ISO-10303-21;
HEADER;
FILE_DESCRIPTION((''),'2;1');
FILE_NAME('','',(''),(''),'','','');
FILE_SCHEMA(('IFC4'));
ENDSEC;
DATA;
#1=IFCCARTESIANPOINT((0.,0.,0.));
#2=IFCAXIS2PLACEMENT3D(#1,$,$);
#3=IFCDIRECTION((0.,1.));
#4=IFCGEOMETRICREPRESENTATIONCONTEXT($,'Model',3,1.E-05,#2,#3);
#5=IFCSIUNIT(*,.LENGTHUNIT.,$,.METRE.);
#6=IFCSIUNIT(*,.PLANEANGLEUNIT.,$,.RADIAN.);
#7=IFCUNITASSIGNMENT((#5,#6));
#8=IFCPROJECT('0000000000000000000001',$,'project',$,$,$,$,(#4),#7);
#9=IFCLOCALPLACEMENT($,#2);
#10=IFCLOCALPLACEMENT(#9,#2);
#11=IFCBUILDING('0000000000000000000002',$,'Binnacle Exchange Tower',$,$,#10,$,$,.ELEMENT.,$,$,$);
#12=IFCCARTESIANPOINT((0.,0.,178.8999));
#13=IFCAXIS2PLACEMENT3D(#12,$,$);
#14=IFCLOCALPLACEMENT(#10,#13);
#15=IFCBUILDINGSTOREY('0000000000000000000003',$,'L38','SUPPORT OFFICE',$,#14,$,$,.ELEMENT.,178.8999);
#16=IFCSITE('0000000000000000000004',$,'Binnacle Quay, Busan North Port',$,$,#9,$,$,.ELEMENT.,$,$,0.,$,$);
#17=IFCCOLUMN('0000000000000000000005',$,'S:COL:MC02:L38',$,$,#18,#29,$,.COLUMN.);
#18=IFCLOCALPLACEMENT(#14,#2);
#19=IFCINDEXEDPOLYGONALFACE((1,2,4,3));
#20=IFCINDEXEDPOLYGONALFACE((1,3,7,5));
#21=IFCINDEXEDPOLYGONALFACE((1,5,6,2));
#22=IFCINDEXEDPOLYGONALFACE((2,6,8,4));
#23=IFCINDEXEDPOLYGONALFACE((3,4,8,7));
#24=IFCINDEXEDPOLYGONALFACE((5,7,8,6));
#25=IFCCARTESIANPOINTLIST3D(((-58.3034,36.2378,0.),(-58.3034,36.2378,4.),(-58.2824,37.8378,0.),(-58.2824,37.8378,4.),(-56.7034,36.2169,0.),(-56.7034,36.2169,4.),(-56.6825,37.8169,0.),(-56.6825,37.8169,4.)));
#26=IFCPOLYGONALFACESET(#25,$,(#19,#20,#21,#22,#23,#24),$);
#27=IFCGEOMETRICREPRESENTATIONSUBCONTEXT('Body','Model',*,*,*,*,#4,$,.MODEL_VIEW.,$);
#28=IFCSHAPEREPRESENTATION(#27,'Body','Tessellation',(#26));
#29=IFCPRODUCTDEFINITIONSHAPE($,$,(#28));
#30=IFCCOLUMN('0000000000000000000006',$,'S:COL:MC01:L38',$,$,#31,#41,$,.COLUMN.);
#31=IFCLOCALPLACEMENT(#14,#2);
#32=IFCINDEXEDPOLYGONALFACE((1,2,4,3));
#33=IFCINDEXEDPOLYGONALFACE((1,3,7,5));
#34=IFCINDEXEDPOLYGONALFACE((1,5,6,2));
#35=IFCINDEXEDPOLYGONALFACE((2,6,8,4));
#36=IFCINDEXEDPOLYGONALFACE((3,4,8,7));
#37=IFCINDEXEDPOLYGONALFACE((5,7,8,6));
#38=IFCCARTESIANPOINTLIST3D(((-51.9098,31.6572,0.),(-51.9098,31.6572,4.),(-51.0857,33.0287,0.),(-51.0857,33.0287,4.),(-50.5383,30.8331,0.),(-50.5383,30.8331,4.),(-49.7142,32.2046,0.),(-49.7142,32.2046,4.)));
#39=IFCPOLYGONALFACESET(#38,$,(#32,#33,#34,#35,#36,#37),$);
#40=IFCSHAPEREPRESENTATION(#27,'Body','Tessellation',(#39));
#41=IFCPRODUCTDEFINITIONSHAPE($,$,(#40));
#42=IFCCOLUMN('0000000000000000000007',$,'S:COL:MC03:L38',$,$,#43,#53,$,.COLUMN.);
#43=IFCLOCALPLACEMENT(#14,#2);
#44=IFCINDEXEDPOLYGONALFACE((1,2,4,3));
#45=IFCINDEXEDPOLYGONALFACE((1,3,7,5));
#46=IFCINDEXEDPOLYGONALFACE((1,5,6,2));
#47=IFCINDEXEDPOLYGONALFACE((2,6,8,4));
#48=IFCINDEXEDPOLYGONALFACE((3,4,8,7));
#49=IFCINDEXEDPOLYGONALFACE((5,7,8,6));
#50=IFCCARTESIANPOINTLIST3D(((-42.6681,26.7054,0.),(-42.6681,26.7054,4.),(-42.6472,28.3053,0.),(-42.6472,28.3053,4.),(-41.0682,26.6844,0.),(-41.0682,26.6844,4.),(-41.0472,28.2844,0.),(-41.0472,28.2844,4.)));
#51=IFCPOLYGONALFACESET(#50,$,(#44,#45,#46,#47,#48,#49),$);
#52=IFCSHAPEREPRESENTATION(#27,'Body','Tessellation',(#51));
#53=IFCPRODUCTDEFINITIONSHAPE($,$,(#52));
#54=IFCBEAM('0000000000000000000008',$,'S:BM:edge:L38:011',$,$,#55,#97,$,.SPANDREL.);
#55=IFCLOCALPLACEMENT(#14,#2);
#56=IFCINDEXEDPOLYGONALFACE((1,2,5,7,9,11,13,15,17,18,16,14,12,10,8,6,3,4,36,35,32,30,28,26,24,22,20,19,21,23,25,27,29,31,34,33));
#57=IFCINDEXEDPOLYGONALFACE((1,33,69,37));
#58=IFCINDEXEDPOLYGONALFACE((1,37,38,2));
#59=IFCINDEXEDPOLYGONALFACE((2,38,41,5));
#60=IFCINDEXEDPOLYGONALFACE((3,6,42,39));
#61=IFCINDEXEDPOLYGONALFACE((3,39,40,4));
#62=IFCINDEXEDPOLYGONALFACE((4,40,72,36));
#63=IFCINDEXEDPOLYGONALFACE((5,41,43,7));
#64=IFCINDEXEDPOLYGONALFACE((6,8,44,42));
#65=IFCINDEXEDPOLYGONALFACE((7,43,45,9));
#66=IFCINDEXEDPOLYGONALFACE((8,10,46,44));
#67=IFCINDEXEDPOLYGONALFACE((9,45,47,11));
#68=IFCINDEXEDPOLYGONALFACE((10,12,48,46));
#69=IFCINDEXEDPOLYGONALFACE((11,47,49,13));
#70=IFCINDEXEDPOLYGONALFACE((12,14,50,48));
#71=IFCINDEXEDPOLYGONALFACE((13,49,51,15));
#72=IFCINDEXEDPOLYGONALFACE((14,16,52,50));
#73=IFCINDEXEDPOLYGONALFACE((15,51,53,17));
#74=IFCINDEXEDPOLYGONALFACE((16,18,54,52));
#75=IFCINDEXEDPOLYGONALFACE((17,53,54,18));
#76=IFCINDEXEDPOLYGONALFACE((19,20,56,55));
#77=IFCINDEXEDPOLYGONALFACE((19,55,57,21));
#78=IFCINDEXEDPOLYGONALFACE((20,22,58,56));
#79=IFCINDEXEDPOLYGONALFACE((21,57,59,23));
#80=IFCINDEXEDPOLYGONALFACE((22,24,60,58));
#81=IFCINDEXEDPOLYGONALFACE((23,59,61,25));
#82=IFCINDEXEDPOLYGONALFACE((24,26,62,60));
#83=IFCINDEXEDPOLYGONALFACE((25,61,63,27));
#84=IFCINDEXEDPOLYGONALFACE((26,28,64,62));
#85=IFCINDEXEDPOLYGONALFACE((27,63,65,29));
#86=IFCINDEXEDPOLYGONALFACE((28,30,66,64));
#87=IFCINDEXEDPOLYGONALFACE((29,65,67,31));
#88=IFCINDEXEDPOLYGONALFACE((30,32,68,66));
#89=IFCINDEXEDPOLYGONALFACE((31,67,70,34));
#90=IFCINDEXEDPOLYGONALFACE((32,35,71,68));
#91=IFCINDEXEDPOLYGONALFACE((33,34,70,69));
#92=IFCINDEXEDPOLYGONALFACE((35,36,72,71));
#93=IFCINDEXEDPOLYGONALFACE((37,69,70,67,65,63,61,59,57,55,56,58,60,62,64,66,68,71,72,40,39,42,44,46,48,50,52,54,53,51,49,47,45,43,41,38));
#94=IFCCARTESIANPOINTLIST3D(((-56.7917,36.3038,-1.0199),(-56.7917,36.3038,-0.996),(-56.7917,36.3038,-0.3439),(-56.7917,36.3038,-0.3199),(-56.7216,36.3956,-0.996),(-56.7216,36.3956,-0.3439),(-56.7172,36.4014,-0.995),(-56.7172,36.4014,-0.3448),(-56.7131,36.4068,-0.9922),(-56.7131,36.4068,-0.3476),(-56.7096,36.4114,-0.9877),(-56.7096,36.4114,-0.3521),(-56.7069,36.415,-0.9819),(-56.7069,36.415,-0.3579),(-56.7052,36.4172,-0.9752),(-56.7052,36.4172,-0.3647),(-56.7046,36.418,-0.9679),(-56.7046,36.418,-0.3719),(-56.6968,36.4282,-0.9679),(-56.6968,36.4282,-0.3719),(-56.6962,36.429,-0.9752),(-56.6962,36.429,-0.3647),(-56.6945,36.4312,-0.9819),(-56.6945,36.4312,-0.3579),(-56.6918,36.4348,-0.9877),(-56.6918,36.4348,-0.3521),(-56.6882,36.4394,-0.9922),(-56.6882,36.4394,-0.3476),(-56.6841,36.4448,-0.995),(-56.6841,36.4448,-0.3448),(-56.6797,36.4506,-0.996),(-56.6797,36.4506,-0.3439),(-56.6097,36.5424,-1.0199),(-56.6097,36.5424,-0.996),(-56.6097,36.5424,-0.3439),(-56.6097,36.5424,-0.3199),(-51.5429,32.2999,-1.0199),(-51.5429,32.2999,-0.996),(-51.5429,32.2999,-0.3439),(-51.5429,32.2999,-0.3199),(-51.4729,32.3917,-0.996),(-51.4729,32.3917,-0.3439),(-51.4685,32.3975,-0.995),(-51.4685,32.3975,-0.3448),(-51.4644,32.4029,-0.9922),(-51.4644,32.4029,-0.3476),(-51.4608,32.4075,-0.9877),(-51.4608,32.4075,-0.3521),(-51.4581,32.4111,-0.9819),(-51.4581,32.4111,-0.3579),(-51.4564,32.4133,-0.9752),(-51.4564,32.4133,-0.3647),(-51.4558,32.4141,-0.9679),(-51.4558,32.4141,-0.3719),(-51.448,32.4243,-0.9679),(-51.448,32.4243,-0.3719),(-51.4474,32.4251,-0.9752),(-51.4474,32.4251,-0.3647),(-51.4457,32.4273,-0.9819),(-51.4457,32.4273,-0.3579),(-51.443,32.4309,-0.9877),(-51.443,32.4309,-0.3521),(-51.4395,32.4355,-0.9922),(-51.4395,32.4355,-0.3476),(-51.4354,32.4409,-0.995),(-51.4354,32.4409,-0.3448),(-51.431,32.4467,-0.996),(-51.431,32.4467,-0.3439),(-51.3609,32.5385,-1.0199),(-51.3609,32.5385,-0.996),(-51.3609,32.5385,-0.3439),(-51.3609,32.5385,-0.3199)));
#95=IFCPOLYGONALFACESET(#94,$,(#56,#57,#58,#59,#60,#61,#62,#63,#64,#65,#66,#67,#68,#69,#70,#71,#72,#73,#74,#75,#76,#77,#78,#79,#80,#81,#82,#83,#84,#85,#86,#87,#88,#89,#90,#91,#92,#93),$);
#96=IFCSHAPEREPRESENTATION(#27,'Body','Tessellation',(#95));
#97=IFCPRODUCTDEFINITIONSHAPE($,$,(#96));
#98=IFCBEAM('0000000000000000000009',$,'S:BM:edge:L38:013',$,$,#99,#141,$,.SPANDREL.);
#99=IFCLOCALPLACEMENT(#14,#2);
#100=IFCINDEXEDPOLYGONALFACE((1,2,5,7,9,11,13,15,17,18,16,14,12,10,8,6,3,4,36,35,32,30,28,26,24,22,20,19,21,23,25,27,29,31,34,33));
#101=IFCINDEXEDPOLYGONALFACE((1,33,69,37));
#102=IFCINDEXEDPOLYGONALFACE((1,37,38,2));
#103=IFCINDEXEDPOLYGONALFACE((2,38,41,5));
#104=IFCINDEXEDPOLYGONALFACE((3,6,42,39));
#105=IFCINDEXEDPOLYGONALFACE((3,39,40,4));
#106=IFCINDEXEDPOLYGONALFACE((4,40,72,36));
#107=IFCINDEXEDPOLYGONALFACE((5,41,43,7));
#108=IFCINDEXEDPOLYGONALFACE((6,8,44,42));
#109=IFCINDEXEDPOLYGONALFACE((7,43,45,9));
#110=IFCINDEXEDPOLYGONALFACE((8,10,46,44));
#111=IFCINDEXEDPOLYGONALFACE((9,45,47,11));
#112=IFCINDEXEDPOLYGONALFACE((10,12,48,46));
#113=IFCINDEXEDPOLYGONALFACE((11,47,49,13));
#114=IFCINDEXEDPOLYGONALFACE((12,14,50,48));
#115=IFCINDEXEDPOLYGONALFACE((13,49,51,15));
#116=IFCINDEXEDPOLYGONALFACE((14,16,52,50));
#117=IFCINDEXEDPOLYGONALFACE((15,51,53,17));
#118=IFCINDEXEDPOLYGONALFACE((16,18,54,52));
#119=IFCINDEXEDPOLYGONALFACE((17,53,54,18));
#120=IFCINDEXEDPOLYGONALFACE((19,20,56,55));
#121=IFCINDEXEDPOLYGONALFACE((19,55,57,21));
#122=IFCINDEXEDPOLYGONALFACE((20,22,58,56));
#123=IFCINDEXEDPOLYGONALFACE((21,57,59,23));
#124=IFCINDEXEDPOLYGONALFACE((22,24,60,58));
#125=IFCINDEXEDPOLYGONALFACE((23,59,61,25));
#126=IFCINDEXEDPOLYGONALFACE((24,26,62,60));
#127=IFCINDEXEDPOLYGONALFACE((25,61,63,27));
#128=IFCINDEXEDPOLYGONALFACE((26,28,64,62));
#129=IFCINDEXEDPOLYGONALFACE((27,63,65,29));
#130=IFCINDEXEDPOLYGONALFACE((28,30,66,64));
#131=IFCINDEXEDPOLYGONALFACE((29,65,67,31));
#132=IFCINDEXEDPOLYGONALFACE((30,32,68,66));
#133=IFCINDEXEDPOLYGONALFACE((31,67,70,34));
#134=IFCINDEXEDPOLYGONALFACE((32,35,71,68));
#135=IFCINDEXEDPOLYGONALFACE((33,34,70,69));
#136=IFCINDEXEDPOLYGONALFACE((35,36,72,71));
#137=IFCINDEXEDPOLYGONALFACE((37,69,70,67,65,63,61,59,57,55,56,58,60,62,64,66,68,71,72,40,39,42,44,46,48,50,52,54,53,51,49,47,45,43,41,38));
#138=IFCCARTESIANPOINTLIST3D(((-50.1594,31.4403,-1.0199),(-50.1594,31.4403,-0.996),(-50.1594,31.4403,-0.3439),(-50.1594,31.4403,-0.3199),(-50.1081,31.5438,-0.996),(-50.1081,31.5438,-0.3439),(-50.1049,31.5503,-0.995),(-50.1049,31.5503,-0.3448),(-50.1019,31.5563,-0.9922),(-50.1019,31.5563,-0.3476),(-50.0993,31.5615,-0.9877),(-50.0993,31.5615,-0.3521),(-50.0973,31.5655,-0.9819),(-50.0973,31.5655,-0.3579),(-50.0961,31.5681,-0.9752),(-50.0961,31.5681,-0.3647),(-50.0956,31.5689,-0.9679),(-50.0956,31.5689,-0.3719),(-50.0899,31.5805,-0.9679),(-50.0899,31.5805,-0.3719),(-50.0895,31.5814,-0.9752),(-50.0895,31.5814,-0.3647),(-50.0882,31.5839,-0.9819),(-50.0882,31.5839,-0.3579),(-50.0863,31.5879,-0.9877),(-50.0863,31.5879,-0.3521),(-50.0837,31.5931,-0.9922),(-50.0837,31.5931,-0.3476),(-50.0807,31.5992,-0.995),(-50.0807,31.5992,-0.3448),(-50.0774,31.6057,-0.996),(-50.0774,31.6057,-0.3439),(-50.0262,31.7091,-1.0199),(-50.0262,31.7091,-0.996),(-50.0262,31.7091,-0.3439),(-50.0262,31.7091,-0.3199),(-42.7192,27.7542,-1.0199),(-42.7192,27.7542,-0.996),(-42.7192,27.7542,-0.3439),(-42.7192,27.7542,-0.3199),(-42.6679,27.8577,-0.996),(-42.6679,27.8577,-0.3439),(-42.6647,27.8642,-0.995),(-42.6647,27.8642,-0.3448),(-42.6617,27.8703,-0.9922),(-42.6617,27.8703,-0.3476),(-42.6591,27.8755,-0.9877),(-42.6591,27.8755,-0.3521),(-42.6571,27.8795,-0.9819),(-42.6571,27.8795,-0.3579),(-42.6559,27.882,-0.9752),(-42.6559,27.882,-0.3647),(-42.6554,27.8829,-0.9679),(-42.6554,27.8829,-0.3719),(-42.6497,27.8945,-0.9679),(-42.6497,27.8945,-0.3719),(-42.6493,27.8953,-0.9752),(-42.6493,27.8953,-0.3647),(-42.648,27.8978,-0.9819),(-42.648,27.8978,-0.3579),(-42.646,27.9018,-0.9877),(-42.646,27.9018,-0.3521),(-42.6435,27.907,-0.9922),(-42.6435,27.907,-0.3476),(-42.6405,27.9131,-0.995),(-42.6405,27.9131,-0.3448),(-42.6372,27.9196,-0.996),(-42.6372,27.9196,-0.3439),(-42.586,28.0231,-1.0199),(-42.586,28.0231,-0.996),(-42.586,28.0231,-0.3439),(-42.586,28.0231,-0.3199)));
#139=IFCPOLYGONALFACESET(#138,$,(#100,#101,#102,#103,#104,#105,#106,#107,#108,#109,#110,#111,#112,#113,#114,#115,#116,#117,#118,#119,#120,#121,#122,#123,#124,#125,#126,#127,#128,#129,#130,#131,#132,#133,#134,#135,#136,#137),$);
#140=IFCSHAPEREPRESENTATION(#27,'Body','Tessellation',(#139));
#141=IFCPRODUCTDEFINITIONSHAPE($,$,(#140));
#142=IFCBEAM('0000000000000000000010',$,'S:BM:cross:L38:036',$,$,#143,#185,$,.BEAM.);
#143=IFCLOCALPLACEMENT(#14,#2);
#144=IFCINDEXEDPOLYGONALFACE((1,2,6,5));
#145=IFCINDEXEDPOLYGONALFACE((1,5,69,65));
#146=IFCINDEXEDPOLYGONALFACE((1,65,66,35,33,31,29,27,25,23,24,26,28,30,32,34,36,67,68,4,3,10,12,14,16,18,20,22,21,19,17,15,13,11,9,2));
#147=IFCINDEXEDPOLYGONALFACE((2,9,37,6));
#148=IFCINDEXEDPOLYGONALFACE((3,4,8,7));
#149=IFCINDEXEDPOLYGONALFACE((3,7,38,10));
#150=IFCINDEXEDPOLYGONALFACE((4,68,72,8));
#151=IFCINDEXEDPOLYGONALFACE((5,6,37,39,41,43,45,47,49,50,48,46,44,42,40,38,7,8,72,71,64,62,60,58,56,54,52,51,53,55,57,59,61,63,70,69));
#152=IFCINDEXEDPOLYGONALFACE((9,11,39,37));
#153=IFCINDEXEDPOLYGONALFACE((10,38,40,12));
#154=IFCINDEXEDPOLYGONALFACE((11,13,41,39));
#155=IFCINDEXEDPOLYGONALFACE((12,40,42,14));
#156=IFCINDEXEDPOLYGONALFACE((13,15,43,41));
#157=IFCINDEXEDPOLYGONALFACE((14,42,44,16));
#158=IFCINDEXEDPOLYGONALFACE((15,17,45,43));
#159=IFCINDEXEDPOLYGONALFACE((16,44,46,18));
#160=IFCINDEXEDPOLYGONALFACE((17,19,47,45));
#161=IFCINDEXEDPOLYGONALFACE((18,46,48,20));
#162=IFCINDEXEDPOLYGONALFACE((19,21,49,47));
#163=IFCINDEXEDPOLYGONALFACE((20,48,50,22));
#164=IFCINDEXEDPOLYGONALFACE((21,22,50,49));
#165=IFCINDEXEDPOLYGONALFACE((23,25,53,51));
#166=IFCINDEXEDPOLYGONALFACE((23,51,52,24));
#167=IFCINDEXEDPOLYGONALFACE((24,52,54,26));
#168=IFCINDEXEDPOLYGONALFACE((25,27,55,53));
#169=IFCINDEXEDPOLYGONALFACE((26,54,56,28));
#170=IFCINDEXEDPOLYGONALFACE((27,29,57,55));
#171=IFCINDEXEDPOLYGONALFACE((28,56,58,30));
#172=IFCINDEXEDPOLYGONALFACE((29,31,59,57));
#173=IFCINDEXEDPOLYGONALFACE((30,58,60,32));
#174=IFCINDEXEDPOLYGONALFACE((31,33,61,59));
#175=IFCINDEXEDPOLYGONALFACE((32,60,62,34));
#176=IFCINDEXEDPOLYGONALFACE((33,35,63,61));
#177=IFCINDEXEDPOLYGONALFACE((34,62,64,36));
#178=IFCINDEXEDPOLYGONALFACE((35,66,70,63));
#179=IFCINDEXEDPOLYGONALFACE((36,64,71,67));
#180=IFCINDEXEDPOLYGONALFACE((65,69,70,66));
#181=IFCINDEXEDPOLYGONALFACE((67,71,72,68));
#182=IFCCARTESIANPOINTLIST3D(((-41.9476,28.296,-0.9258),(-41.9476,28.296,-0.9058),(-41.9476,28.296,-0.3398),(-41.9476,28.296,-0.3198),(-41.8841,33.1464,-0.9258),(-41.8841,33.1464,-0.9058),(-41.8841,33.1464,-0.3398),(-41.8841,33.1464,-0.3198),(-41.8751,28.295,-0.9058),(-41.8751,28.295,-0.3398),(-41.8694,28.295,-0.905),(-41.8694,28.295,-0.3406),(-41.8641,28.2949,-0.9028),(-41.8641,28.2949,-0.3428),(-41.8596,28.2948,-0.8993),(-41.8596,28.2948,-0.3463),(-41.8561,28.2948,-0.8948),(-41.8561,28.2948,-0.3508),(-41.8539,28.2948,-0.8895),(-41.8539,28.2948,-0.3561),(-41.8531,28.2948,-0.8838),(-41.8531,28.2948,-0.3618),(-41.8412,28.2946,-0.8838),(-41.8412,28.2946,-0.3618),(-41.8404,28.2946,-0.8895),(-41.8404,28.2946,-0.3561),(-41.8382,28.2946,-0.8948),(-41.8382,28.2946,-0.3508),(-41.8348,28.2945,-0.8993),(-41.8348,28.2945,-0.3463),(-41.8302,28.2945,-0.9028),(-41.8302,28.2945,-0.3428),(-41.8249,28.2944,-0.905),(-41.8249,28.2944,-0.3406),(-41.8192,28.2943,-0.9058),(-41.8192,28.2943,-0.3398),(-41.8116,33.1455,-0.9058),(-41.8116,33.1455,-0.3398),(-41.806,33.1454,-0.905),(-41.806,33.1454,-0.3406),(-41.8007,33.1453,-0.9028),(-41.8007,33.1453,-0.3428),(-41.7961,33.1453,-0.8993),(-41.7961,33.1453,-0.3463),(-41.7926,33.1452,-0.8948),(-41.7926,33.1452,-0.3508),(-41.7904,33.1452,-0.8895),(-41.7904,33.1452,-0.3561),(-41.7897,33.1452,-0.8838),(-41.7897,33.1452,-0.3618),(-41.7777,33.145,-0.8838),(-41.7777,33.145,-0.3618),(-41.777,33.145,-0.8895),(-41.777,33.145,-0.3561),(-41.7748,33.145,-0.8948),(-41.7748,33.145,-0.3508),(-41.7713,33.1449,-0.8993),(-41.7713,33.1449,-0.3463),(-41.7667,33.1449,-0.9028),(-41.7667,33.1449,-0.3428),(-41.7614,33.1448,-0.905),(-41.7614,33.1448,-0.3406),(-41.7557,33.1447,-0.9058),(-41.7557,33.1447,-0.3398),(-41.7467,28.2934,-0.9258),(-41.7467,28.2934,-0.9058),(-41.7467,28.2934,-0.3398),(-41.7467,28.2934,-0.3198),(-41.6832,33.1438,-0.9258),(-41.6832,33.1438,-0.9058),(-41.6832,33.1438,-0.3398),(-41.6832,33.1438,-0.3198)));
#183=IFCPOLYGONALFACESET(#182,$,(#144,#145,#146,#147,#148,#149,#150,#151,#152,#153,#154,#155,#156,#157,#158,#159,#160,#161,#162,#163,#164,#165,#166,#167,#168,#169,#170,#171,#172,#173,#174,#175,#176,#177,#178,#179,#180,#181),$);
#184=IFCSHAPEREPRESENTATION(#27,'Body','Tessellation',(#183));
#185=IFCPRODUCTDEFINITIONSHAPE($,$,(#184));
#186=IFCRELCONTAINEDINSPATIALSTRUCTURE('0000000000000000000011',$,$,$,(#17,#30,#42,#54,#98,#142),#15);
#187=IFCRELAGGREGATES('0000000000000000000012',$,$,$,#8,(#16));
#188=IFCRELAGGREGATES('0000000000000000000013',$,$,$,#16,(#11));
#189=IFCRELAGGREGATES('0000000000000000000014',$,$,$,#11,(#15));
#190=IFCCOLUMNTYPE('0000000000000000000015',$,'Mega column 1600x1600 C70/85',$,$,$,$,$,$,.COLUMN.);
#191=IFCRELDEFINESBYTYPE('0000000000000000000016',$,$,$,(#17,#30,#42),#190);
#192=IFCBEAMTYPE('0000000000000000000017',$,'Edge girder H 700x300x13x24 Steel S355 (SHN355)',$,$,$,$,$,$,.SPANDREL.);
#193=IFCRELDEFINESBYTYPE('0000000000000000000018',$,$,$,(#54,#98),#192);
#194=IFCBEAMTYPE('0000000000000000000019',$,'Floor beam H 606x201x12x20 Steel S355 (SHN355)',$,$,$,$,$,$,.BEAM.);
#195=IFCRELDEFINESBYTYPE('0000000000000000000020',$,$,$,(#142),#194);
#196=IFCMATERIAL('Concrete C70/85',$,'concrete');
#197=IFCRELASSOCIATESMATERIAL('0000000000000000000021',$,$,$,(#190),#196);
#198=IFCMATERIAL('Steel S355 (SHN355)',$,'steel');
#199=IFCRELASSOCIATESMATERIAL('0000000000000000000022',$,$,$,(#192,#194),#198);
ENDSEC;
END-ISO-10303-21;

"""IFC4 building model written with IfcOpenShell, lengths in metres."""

from ifc_helpers import new_model, si_unit, direction, frame, origin, origin_2d, place, context, subcontext, project, spatial, rectangle, i_section, extrude, material, material_profile, profile_set, type_object, element, save


model = new_model("IFC4")

# Units and contexts
model_context = context("Model", 3, precision=1e-05, world=origin(), true_north=direction((0.0, 1.0)))
body_context = subcontext(model_context, "Body", "Model", "MODEL_VIEW")
ifc_project = project(units=[si_unit("LENGTHUNIT", "METRE"), si_unit("PLANEANGLEUNIT", "RADIAN")], contexts=[model_context])

# Site, building, storey
site_placement = place(None, origin())
site = spatial("IfcSite", under=ifc_project, at=site_placement, Name="Binnacle Quay, Busan North Port", CompositionType="ELEMENT", RefElevation=0.0)
building_placement = place(site_placement, origin())
building = spatial("IfcBuilding", under=site, at=building_placement, Name="Binnacle Exchange Tower", CompositionType="ELEMENT")
storey_placement = place(building_placement, frame((0.0, 0.0, 178.8999)))
storey = spatial("IfcBuildingStorey", under=building, at=storey_placement, Name="L38", Description="SUPPORT OFFICE", CompositionType="ELEMENT", Elevation=178.8999)

# Columns
ifc_material_1 = material(Name="Concrete C70/85", Category="concrete")
ifc_material_profile_1 = material_profile(ifc_material_1, rectangle(XDim=1.6001, YDim=1.6001, at=origin_2d()), Name="Mega column 1600x1600 C70/85")
ifc_profile_set_1 = profile_set([ifc_material_profile_1], Name="Concrete C70/85")
column_type = type_object("IfcColumnType", Name="Mega column 1600x1600 C70/85", PredefinedType="COLUMN", material=ifc_profile_set_1)
for number, where, z_axis, x_axis, name in (
    (1, (-57.4929, 37.0273, 0.0), (0.0, 0.0, 1.0), (-0.01309, -0.999914, 0.0), "S:COL:MC02:L38"),
    (2, (-50.812, 31.9309, 0.0), (0.0, 0.0, 1.0), (0.857167, -0.515038, 0.0), "S:COL:MC01:L38"),
    (3, (-41.8577, 27.4949, 0.0), (0.0, 0.0, 1.0), (0.999914, -0.01309, 0.0), "S:COL:MC03:L38"),
):
    element("IfcColumn", number, at=place(storey_placement, frame(where, z_axis=z_axis, x_axis=x_axis)), inside=storey, type_object=column_type, Name=name, PredefinedType="COLUMN", context=body_context, shape_type="SweptSolid", body=[
        extrude(rectangle(XDim=1.6001, YDim=1.6001, at=origin_2d()), origin(), (0.0, 0.0, 1.0), 4.0),
    ])

# Beams
ifc_material_2 = material(Name="Steel S355 (SHN355)", Category="steel")
ifc_material_profile_2 = material_profile(ifc_material_2, i_section(OverallWidth=0.3, OverallDepth=0.7, WebThickness=0.0129, FlangeThickness=0.0239, FilletRadius=0.0281, at=origin_2d()), Name="H 700x300x13x24")
ifc_profile_set_2 = profile_set([ifc_material_profile_2], Name="Steel S355 (SHN355)")
beam_type_1 = type_object("IfcBeamType", Name="Edge girder H 700x300x13x24 Steel S355 (SHN355)", PredefinedType="SPANDREL", material=ifc_profile_set_2)
beam_1_placement = place(storey_placement, frame((-56.7007, 36.4231, -0.6699), z_axis=(0.795078, -0.606507, 0.0), x_axis=(0.606507, 0.795078, 0.0)))
element("IfcBeam", 4, at=beam_1_placement, inside=storey, type_object=beam_type_1, Name="S:BM:edge:L38:011", PredefinedType="SPANDREL", context=body_context, shape_type="SweptSolid", body=[
    extrude(i_section(OverallWidth=0.3, OverallDepth=0.7, WebThickness=0.0129, FlangeThickness=0.0239, FilletRadius=0.0281, at=origin_2d()), origin(), (0.0, 0.0, 1.0), 6.6016),
])
beam_2_placement = place(storey_placement, frame((-50.0928, 31.5747, -0.6699), z_axis=(0.896062, -0.443929, 0.0), x_axis=(0.443929, 0.896062, 0.0)))
element("IfcBeam", 5, at=beam_2_placement, inside=storey, type_object=beam_type_1, Name="S:BM:edge:L38:013", PredefinedType="SPANDREL", context=body_context, shape_type="SweptSolid", body=[
    extrude(i_section(OverallWidth=0.3, OverallDepth=0.7, WebThickness=0.0129, FlangeThickness=0.0239, FilletRadius=0.0281, at=origin_2d()), origin(), (0.0, 0.0, 1.0), 8.3032),
])
ifc_material_profile_3 = material_profile(ifc_material_2, i_section(OverallWidth=0.2009, OverallDepth=0.606, WebThickness=0.012, FlangeThickness=0.02, FilletRadius=0.022, at=origin_2d()), Name="H 606x201x12x20")
ifc_profile_set_3 = profile_set([ifc_material_profile_3], Name="Steel S355 (SHN355)")
beam_type_2 = type_object("IfcBeamType", Name="Floor beam H 606x201x12x20 Steel S355 (SHN355)", PredefinedType="BEAM", material=ifc_profile_set_3)
beam_3_placement = place(storey_placement, frame((-41.8472, 28.2947, -0.6228), z_axis=(0.013086, 0.999914, 0.0), x_axis=(-0.999914, 0.013086, 0.0)))
element("IfcBeam", 6, at=beam_3_placement, inside=storey, type_object=beam_type_2, Name="S:BM:cross:L38:036", PredefinedType="BEAM", context=body_context, shape_type="SweptSolid", body=[
    extrude(i_section(OverallWidth=0.2009, OverallDepth=0.606, WebThickness=0.012, FlangeThickness=0.02, FilletRadius=0.022, at=origin_2d()), origin(), (0.0, 0.0, 1.0), 4.8508),
])

save(model, "model.ifc")
